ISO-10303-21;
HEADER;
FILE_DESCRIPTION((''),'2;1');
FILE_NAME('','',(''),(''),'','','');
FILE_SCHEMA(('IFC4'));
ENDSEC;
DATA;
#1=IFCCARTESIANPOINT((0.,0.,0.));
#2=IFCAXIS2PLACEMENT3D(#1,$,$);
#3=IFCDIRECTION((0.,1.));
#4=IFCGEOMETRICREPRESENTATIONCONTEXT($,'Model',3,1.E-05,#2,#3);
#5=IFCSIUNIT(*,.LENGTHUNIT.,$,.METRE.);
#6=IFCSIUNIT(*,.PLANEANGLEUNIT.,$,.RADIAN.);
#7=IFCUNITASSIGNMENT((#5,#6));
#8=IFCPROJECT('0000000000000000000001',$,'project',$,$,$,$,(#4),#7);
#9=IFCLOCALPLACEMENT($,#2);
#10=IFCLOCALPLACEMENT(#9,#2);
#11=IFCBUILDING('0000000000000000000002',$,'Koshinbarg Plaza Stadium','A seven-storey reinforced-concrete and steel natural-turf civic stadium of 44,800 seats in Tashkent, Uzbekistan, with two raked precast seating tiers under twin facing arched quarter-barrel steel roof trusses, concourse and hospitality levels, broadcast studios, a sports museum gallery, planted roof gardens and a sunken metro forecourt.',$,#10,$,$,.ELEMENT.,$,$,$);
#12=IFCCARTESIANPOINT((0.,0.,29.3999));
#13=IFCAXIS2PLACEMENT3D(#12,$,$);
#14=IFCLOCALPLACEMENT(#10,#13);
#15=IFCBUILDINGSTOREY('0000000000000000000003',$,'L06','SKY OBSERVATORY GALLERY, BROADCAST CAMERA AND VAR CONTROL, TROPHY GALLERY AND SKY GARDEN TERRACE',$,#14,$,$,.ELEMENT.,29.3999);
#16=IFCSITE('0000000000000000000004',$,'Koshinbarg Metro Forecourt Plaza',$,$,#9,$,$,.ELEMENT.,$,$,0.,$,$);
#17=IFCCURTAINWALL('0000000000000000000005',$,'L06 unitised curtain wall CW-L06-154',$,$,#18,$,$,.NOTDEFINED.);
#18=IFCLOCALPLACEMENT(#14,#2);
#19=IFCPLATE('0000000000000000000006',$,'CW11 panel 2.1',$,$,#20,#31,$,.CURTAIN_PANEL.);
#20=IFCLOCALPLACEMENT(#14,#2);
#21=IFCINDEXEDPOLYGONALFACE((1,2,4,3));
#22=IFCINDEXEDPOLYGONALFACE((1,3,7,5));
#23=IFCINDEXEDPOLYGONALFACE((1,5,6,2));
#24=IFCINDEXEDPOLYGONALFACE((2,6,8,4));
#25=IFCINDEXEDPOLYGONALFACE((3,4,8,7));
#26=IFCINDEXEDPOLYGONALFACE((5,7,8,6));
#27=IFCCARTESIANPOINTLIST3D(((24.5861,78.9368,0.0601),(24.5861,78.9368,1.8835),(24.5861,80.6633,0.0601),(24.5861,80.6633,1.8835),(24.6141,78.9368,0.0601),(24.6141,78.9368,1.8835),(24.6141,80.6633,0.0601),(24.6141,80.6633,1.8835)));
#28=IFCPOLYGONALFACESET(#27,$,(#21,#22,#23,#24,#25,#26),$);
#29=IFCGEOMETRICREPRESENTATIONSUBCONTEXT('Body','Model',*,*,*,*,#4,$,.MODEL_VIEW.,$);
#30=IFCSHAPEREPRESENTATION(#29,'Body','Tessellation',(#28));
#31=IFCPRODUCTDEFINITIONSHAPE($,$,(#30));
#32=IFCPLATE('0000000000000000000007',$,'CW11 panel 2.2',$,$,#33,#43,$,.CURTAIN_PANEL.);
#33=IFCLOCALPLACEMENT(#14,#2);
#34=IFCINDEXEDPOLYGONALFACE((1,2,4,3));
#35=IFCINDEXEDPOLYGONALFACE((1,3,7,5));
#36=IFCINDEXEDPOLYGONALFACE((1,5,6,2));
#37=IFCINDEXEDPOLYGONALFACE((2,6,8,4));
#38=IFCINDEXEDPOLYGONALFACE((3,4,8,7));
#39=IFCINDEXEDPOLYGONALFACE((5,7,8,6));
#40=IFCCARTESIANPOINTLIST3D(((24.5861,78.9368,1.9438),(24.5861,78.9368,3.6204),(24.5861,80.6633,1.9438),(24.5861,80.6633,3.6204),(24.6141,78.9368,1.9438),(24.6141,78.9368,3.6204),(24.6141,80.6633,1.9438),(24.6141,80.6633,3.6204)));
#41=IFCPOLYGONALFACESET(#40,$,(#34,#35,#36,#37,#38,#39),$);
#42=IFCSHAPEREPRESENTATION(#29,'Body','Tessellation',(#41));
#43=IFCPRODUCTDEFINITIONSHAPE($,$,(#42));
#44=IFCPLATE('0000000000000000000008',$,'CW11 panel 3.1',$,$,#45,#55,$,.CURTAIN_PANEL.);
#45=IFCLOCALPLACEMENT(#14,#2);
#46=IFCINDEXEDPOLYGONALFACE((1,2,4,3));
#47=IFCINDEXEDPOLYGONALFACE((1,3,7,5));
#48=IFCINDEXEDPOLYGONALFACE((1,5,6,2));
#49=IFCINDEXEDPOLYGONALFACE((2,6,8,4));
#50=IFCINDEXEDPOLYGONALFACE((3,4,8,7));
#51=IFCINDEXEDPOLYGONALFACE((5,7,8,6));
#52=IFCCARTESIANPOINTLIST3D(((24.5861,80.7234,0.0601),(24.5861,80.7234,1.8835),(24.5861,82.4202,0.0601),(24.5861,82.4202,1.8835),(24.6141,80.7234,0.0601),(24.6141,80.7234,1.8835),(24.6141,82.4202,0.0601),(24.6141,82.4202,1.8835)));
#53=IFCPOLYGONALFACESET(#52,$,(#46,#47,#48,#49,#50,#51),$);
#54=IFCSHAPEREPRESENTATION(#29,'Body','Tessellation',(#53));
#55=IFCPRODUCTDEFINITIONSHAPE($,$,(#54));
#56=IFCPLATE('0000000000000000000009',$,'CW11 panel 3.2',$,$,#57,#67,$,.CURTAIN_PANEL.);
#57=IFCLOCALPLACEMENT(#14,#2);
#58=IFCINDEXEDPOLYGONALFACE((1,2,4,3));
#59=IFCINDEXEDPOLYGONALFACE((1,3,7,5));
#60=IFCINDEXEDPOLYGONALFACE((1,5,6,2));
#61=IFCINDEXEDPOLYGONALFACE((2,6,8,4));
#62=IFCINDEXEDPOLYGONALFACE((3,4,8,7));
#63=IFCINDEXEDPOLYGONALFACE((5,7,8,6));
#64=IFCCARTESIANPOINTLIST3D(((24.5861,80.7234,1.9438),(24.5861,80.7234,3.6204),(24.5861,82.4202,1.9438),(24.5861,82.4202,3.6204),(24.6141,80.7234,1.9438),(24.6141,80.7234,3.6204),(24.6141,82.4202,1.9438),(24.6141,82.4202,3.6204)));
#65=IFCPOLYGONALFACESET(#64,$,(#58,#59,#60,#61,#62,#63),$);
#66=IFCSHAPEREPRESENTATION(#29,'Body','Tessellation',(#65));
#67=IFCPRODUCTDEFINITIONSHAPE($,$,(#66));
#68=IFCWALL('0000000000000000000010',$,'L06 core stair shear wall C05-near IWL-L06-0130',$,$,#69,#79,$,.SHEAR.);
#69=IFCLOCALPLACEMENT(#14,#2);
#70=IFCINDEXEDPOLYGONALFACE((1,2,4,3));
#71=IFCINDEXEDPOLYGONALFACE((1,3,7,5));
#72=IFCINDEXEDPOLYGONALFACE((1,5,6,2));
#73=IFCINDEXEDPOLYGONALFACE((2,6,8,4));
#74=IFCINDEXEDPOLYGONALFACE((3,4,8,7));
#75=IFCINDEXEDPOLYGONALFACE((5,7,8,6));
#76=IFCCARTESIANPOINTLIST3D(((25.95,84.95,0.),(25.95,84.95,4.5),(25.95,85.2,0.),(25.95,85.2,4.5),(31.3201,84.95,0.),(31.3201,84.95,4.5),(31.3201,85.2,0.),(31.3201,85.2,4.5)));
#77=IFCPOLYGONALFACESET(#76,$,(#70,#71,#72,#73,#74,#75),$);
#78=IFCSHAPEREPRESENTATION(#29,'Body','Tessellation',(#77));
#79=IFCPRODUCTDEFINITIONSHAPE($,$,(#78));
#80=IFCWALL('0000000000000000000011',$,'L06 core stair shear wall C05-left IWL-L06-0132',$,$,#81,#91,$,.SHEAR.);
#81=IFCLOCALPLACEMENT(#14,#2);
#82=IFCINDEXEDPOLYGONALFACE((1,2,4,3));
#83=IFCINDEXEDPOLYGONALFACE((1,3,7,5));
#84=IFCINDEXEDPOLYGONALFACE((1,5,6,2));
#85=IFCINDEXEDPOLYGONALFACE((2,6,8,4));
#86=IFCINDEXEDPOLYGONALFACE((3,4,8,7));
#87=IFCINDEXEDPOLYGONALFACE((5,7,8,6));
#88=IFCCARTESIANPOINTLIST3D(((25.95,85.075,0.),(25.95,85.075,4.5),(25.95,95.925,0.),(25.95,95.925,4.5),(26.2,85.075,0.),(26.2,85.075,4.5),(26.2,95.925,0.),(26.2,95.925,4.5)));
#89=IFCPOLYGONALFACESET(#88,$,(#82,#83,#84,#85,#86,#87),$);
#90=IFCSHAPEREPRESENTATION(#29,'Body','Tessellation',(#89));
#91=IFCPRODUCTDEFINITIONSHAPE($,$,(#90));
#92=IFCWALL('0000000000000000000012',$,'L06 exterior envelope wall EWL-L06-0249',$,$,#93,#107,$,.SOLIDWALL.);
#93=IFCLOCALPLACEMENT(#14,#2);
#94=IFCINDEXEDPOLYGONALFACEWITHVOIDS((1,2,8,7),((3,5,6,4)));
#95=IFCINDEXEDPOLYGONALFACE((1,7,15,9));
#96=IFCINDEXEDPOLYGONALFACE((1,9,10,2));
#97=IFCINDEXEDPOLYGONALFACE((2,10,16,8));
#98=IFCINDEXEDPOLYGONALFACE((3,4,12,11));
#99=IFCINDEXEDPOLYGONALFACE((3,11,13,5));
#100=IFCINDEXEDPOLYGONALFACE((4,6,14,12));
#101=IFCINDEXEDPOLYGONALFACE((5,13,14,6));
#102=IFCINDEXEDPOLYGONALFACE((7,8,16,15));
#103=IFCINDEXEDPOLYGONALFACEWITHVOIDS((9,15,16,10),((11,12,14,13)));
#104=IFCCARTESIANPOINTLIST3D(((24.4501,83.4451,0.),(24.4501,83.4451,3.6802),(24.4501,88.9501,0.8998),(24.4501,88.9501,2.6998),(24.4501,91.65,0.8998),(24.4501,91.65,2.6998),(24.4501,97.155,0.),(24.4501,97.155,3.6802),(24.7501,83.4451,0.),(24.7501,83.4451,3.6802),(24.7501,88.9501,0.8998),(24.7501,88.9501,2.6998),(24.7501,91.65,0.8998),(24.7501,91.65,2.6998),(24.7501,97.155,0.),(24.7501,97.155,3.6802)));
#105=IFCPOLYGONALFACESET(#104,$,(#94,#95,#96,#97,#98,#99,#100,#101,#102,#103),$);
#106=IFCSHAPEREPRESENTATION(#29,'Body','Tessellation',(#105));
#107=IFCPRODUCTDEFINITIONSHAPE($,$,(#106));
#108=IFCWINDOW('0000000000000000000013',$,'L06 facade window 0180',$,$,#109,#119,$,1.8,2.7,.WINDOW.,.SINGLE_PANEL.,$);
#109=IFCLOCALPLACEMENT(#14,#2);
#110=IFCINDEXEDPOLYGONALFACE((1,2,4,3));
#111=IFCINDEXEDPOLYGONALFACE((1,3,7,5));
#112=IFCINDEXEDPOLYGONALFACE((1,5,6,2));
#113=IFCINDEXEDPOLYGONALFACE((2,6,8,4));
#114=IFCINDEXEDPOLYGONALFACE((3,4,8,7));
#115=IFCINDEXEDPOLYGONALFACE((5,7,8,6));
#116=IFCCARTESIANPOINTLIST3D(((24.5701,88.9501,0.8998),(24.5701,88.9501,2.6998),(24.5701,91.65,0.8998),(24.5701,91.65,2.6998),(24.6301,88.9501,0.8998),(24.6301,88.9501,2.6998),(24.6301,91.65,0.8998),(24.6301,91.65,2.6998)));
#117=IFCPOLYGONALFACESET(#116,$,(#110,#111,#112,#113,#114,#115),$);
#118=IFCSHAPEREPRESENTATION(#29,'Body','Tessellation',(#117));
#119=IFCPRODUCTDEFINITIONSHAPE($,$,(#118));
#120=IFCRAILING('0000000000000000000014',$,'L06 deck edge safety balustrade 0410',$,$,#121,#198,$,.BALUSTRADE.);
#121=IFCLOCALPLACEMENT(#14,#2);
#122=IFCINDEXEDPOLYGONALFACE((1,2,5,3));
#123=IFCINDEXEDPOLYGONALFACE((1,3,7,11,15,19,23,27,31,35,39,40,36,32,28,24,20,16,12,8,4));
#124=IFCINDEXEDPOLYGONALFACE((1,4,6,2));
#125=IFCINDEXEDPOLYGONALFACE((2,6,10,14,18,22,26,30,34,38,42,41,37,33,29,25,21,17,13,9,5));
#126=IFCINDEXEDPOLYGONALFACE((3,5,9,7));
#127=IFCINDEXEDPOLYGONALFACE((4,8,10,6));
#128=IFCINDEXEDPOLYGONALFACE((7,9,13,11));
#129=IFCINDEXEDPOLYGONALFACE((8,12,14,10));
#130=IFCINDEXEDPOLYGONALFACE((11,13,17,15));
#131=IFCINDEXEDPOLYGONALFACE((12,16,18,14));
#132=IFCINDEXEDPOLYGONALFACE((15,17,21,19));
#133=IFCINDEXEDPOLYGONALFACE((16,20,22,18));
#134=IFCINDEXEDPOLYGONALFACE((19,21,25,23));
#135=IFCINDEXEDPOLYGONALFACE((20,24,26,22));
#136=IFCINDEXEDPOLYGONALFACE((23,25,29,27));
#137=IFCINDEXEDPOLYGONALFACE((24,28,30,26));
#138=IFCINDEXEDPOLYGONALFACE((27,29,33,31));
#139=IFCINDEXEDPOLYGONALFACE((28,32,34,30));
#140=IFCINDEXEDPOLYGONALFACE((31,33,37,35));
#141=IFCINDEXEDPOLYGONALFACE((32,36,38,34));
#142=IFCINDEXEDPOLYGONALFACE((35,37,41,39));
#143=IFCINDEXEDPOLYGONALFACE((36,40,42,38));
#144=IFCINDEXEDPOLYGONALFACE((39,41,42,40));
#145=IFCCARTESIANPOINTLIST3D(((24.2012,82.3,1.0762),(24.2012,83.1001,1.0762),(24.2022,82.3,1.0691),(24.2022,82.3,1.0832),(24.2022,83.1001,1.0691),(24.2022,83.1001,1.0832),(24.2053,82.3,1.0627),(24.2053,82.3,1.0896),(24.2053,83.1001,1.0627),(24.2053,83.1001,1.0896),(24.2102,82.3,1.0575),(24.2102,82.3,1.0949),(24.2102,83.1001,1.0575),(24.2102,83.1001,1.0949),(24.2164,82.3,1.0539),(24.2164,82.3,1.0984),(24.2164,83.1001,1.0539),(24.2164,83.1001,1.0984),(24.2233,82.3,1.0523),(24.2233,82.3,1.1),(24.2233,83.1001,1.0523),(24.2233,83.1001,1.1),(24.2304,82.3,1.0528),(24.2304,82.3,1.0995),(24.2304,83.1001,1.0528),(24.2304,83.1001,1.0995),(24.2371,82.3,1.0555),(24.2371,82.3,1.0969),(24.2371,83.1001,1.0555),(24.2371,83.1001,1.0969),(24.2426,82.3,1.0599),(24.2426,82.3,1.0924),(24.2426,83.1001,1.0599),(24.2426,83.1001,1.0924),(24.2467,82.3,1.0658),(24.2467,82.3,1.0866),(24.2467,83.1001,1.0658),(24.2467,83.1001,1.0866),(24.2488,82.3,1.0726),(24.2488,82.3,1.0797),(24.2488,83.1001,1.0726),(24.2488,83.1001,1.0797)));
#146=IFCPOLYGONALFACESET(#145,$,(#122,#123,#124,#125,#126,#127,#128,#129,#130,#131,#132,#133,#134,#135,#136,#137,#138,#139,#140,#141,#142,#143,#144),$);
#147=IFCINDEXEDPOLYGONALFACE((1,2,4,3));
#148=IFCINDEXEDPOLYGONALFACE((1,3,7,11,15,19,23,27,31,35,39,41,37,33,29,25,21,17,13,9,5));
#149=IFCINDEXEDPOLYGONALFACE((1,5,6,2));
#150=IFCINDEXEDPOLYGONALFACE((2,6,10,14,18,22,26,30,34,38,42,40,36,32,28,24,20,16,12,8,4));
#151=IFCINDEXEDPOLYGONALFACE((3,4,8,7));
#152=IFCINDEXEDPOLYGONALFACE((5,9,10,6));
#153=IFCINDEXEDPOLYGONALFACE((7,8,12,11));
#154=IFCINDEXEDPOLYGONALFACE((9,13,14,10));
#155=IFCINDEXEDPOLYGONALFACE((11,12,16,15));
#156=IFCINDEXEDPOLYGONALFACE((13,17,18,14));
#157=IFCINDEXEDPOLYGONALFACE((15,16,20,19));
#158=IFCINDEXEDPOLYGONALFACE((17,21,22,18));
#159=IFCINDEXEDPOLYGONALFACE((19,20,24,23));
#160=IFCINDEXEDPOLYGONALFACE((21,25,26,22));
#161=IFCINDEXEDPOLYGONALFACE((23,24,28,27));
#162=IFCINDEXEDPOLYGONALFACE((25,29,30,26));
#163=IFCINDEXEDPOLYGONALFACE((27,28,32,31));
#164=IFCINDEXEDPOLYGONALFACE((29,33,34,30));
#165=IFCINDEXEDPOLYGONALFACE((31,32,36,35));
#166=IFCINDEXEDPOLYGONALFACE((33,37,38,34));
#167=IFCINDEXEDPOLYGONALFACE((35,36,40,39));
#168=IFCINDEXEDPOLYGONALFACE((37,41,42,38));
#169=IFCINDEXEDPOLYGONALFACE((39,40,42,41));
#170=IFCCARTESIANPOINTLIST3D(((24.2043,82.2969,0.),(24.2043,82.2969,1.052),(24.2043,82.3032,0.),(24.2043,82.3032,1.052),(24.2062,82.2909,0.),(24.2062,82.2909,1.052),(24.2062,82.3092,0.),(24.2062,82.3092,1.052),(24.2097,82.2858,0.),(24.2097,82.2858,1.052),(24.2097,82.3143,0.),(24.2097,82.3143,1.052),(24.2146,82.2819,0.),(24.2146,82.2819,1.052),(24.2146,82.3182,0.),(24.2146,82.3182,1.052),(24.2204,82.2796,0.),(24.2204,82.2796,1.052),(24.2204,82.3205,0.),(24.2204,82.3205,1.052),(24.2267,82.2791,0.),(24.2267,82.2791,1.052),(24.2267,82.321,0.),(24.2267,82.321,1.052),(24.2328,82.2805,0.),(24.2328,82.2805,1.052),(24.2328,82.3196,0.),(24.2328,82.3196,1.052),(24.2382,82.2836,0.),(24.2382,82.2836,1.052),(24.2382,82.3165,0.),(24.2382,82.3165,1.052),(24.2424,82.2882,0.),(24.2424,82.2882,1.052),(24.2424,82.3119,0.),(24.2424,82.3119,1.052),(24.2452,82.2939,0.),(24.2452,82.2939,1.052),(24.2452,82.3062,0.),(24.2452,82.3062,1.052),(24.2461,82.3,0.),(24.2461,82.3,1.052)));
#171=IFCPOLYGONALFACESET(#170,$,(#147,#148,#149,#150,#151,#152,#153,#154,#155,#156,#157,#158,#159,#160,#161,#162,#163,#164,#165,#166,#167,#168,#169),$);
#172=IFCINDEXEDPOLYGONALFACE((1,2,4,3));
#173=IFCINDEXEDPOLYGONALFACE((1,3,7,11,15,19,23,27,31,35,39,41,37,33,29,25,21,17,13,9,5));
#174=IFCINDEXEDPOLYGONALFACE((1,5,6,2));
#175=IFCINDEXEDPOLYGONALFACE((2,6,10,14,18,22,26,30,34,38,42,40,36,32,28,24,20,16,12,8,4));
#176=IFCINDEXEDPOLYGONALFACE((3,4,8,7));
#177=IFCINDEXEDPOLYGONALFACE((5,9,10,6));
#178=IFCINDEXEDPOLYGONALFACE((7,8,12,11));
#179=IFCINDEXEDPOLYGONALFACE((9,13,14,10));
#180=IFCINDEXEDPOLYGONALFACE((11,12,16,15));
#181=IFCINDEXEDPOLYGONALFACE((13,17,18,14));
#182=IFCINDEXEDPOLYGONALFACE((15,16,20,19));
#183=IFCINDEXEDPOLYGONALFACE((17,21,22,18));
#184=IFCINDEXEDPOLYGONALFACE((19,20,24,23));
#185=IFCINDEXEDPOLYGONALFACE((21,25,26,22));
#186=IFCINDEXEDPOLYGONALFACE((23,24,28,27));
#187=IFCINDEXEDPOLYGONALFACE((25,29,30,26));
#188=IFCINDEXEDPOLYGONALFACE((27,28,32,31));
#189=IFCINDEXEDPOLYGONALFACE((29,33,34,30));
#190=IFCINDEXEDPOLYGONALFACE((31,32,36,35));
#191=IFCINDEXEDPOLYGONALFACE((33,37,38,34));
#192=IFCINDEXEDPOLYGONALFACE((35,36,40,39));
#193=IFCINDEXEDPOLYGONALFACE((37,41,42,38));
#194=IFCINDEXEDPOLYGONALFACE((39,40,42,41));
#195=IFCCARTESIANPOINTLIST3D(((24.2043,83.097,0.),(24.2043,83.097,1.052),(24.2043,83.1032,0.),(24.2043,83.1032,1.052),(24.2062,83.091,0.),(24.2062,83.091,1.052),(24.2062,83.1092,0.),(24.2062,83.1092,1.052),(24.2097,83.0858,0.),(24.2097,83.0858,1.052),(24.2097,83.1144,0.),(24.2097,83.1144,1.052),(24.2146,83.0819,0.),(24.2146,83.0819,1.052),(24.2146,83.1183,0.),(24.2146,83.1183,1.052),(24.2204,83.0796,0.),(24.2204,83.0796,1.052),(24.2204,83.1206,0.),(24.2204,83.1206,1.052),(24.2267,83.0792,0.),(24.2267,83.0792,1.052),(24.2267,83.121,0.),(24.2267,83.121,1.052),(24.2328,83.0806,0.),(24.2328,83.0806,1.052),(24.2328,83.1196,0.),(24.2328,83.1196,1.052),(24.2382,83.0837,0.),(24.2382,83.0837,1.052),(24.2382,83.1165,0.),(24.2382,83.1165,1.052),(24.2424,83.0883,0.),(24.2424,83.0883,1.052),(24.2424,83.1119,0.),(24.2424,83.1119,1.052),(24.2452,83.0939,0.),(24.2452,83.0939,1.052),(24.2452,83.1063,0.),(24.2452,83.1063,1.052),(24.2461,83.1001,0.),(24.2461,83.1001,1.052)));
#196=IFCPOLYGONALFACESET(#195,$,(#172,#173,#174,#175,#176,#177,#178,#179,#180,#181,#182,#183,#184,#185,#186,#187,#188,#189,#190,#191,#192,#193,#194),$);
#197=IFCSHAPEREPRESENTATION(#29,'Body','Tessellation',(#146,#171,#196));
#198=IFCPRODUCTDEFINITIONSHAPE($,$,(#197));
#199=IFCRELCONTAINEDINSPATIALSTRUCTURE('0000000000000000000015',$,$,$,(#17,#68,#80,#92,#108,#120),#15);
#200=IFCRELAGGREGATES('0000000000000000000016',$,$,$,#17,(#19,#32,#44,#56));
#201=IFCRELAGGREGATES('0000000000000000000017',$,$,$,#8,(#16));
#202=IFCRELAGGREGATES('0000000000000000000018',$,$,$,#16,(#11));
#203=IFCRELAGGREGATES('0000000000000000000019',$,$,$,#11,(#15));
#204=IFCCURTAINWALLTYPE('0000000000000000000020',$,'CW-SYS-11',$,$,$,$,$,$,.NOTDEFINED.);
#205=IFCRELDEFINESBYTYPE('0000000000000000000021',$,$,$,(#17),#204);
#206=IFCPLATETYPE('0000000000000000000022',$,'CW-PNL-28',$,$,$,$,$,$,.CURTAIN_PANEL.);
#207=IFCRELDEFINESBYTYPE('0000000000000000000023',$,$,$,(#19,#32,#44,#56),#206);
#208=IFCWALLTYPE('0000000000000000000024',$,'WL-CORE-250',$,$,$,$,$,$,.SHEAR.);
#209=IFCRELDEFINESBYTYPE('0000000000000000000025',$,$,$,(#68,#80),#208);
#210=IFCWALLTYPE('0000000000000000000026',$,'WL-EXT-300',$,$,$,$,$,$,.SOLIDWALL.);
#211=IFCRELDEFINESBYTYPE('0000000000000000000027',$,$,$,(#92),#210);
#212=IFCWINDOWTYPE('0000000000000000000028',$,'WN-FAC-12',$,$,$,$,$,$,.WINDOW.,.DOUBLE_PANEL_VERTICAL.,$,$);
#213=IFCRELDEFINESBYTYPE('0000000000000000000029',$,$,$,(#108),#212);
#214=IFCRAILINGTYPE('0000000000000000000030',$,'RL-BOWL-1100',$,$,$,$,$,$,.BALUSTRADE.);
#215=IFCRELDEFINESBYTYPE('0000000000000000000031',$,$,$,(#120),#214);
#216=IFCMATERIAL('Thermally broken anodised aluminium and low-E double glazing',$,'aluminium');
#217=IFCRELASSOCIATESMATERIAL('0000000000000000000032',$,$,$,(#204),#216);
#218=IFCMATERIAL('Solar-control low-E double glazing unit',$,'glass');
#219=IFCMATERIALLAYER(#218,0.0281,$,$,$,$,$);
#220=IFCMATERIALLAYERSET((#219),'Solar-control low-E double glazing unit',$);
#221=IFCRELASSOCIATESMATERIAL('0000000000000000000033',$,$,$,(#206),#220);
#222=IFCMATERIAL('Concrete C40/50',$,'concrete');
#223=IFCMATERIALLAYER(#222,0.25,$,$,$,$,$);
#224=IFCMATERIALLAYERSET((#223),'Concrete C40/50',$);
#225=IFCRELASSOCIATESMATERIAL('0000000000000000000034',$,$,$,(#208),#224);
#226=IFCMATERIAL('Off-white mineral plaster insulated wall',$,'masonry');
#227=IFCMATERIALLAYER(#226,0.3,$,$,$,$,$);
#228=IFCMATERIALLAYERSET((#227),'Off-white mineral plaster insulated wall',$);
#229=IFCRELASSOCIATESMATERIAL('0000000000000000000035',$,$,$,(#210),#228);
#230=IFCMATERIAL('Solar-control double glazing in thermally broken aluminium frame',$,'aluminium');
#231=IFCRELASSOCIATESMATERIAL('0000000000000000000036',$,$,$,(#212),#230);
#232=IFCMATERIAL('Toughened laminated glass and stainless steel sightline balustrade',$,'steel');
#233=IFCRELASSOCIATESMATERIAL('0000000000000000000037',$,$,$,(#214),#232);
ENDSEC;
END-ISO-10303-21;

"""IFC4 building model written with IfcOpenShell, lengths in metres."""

from ifc_helpers import new_model, si_unit, direction, frame, frame_2d, origin, origin_2d, place, context, subcontext, project, spatial, rectangle, circle, extrude, material, layer, layer_set, type_object, element, fill, aggregate, save


model = new_model("IFC4")

# Units and contexts
model_context = context("Model", 3, precision=1e-05, world=origin(), true_north=direction((0.0, 1.0)))
body_context = subcontext(model_context, "Body", "Model", "MODEL_VIEW")
ifc_project = project(units=[si_unit("LENGTHUNIT", "METRE"), si_unit("PLANEANGLEUNIT", "RADIAN")], contexts=[model_context])

# Site, building, storey
site_placement = place(None, origin())
site = spatial("IfcSite", under=ifc_project, at=site_placement, Name="Koshinbarg Metro Forecourt Plaza", CompositionType="ELEMENT", RefElevation=0.0)
building_placement = place(site_placement, origin())
building = spatial("IfcBuilding", under=site, at=building_placement, Name="Koshinbarg Plaza Stadium", Description="A seven-storey reinforced-concrete and steel natural-turf civic stadium of 44,800 seats in Tashkent, Uzbekistan, with two raked precast seating tiers under twin facing arched quarter-barrel steel roof trusses, concourse and hospitality levels, broadcast studios, a sports museum gallery, planted roof gardens and a sunken metro forecourt.", CompositionType="ELEMENT")
storey_placement = place(building_placement, frame((0.0, 0.0, 29.3999)))
storey = spatial("IfcBuildingStorey", under=building, at=storey_placement, Name="L06", Description="SKY OBSERVATORY GALLERY, BROADCAST CAMERA AND VAR CONTROL, TROPHY GALLERY AND SKY GARDEN TERRACE", CompositionType="ELEMENT", Elevation=29.3999)

# Shared definitions
ifc_material_1 = material(Name="Concrete C40/50", Category="concrete")

# Curtain wall, plates
ifc_material_2 = material(Name="Thermally broken anodised aluminium and low-E double glazing", Category="aluminium")
curtain_wall_type = type_object("IfcCurtainWallType", Name="CW-SYS-11", PredefinedType="NOTDEFINED", material=ifc_material_2)
curtain_wall_placement = place(storey_placement, origin())
curtain_wall = element("IfcCurtainWall", 1, at=curtain_wall_placement, inside=storey, type_object=curtain_wall_type, Name="L06 unitised curtain wall CW-L06-154", PredefinedType="NOTDEFINED")
ifc_material_3 = material(Name="Solar-control low-E double glazing unit", Category="glass")
ifc_layer_1 = layer(ifc_material_3, 0.0281)
ifc_layer_set_1 = layer_set([ifc_layer_1], Name="Solar-control low-E double glazing unit")
plate_type = type_object("IfcPlateType", Name="CW-PNL-28", PredefinedType="CURTAIN_PANEL", material=ifc_layer_set_1)
plate_1_placement = place(storey_placement, frame((24.6001, 79.8, 0.0601), z_axis=(0.0, 0.0, 1.0), x_axis=(0.0, 1.0, 0.0)))
plate_1 = element("IfcPlate", 2, at=plate_1_placement, type_object=plate_type, Name="CW11 panel 2.1", PredefinedType="CURTAIN_PANEL", context=body_context, shape_type="SweptSolid", body=[
    extrude(rectangle(XDim=1.7266, YDim=0.0281, at=origin_2d()), origin(), (0.0, 0.0, 1.0), 1.8235),
])
plate_2_placement = place(storey_placement, frame((24.6001, 79.8, 1.9438), z_axis=(0.0, 0.0, 1.0), x_axis=(0.0, 1.0, 0.0)))
plate_2 = element("IfcPlate", 3, at=plate_2_placement, type_object=plate_type, Name="CW11 panel 2.2", PredefinedType="CURTAIN_PANEL", context=body_context, shape_type="SweptSolid", body=[
    extrude(rectangle(XDim=1.7266, YDim=0.0281, at=origin_2d()), origin(), (0.0, 0.0, 1.0), 1.6765),
])
plate_3_placement = place(storey_placement, frame((24.6001, 81.5718, 0.0601), z_axis=(0.0, 0.0, 1.0), x_axis=(0.0, 1.0, 0.0)))
plate_3 = element("IfcPlate", 4, at=plate_3_placement, type_object=plate_type, Name="CW11 panel 3.1", PredefinedType="CURTAIN_PANEL", context=body_context, shape_type="SweptSolid", body=[
    extrude(rectangle(XDim=1.6968, YDim=0.0281, at=origin_2d()), origin(), (0.0, 0.0, 1.0), 1.8235),
])
plate_4_placement = place(storey_placement, frame((24.6001, 81.5718, 1.9438), z_axis=(0.0, 0.0, 1.0), x_axis=(0.0, 1.0, 0.0)))
plate_4 = element("IfcPlate", 5, at=plate_4_placement, type_object=plate_type, Name="CW11 panel 3.2", PredefinedType="CURTAIN_PANEL", context=body_context, shape_type="SweptSolid", body=[
    extrude(rectangle(XDim=1.6968, YDim=0.0281, at=origin_2d()), origin(), (0.0, 0.0, 1.0), 1.6765),
])
aggregate(curtain_wall, [plate_1, plate_2, plate_3, plate_4])

# Walls
ifc_layer_2 = layer(ifc_material_1, 0.25)
ifc_layer_set_2 = layer_set([ifc_layer_2], Name="Concrete C40/50")
wall_type_1 = type_object("IfcWallType", Name="WL-CORE-250", PredefinedType="SHEAR", material=ifc_layer_set_2)
wall_1_placement = place(storey_placement, frame((25.95, 85.075, 0.0), z_axis=(0.0, 0.0, 1.0), x_axis=(1.0, 0.0, 0.0)))
element("IfcWall", 6, at=wall_1_placement, inside=storey, type_object=wall_type_1, Name="L06 core stair shear wall C05-near IWL-L06-0130", PredefinedType="SHEAR", context=body_context, shape_type="SweptSolid", body=[
    extrude(rectangle(XDim=5.3701, YDim=0.25, at=frame_2d((2.6851, 0.0))), origin(), (0.0, 0.0, 1.0), 4.5),
])
wall_2_placement = place(storey_placement, frame((26.075, 85.075, 0.0), z_axis=(0.0, 0.0, 1.0), x_axis=(0.0, 1.0, 0.0)))
element("IfcWall", 7, at=wall_2_placement, inside=storey, type_object=wall_type_1, Name="L06 core stair shear wall C05-left IWL-L06-0132", PredefinedType="SHEAR", context=body_context, shape_type="SweptSolid", body=[
    extrude(rectangle(XDim=10.8501, YDim=0.25, at=frame_2d((5.425, 0.0))), origin(), (0.0, 0.0, 1.0), 4.5),
])

# Wall, opening, window
ifc_material_4 = material(Name="Off-white mineral plaster insulated wall", Category="masonry")
ifc_layer_3 = layer(ifc_material_4, 0.3)
ifc_layer_set_3 = layer_set([ifc_layer_3], Name="Off-white mineral plaster insulated wall")
wall_type_2 = type_object("IfcWallType", Name="WL-EXT-300", PredefinedType="SOLIDWALL", material=ifc_layer_set_3)
wall_3_placement = place(storey_placement, frame((24.6001, 83.4451, 0.0), z_axis=(0.0, 0.0, 1.0), x_axis=(0.0, 1.0, 0.0)))
wall_3 = element("IfcWall", 8, at=wall_3_placement, inside=storey, type_object=wall_type_2, Name="L06 exterior envelope wall EWL-L06-0249", PredefinedType="SOLIDWALL", context=body_context, shape_type="SweptSolid", body=[
    extrude(rectangle(XDim=13.71, YDim=0.3, at=frame_2d((6.855, 0.0))), origin(), (0.0, 0.0, 1.0), 3.6802),
])
opening_placement = place(wall_3_placement, frame((5.5049, 0.0, 0.8999)))
opening = element("IfcOpeningElement", 9, at=opening_placement, cuts=wall_3, PredefinedType="OPENING", context=body_context, shape_type="SweptSolid", body=[
    extrude(rectangle(XDim=2.7, YDim=1.8, at=frame_2d((1.3501, 0.8999))), frame((0.0, 0.1599, 0.0), z_axis=(0.0, -1.0, 0.0), x_axis=(1.0, 0.0, 0.0)), (0.0, 0.0, 1.0), 0.3201),
])
ifc_material_5 = material(Name="Solar-control double glazing in thermally broken aluminium frame", Category="aluminium")
window_type = type_object("IfcWindowType", Name="WN-FAC-12", PartitioningType="DOUBLE_PANEL_VERTICAL", PredefinedType="WINDOW", material=ifc_material_5)
window_placement = place(opening_placement, origin())
window = element("IfcWindow", 10, at=window_placement, inside=storey, type_object=window_type, Name="L06 facade window 0180", OverallHeight=1.8, OverallWidth=2.7, PartitioningType="SINGLE_PANEL", PredefinedType="WINDOW", context=body_context, shape_type="SweptSolid", body=[
    extrude(rectangle(XDim=2.7, YDim=1.8, at=frame_2d((1.3501, 0.8999))), frame((0.0, 0.03, 0.0), z_axis=(0.0, -1.0, 0.0), x_axis=(1.0, 0.0, 0.0)), (0.0, 0.0, 1.0), 0.0601),
])
fill(opening, window)

# Railing
ifc_material_6 = material(Name="Toughened laminated glass and stainless steel sightline balustrade", Category="steel")
railing_type = type_object("IfcRailingType", Name="RL-BOWL-1100", PredefinedType="BALUSTRADE", material=ifc_material_6)
railing_1_placement = place(storey_placement, frame((24.2251, 82.3, 0.0)))
element("IfcRailing", 11, at=railing_1_placement, inside=storey, type_object=railing_type, Name="L06 deck edge safety balustrade 0410", PredefinedType="BALUSTRADE", context=body_context, shape_type="SweptSolid", body=[
    extrude(circle(Radius=0.0239, at=origin_2d()), frame((0.0, 0.0, 1.0762), z_axis=(0.0, 1.0, 0.0), x_axis=(-1.0, 0.0, 0.0)), (0.0, 0.0, 1.0), 0.8),
    extrude(circle(Radius=0.021, at=origin_2d()), origin(), (0.0, 0.0, 1.0), 1.052),
    extrude(circle(Radius=0.021, at=origin_2d()), frame((0.0, 0.8, 0.0)), (0.0, 0.0, 1.0), 1.052),
])

save(model, "model.ifc")
